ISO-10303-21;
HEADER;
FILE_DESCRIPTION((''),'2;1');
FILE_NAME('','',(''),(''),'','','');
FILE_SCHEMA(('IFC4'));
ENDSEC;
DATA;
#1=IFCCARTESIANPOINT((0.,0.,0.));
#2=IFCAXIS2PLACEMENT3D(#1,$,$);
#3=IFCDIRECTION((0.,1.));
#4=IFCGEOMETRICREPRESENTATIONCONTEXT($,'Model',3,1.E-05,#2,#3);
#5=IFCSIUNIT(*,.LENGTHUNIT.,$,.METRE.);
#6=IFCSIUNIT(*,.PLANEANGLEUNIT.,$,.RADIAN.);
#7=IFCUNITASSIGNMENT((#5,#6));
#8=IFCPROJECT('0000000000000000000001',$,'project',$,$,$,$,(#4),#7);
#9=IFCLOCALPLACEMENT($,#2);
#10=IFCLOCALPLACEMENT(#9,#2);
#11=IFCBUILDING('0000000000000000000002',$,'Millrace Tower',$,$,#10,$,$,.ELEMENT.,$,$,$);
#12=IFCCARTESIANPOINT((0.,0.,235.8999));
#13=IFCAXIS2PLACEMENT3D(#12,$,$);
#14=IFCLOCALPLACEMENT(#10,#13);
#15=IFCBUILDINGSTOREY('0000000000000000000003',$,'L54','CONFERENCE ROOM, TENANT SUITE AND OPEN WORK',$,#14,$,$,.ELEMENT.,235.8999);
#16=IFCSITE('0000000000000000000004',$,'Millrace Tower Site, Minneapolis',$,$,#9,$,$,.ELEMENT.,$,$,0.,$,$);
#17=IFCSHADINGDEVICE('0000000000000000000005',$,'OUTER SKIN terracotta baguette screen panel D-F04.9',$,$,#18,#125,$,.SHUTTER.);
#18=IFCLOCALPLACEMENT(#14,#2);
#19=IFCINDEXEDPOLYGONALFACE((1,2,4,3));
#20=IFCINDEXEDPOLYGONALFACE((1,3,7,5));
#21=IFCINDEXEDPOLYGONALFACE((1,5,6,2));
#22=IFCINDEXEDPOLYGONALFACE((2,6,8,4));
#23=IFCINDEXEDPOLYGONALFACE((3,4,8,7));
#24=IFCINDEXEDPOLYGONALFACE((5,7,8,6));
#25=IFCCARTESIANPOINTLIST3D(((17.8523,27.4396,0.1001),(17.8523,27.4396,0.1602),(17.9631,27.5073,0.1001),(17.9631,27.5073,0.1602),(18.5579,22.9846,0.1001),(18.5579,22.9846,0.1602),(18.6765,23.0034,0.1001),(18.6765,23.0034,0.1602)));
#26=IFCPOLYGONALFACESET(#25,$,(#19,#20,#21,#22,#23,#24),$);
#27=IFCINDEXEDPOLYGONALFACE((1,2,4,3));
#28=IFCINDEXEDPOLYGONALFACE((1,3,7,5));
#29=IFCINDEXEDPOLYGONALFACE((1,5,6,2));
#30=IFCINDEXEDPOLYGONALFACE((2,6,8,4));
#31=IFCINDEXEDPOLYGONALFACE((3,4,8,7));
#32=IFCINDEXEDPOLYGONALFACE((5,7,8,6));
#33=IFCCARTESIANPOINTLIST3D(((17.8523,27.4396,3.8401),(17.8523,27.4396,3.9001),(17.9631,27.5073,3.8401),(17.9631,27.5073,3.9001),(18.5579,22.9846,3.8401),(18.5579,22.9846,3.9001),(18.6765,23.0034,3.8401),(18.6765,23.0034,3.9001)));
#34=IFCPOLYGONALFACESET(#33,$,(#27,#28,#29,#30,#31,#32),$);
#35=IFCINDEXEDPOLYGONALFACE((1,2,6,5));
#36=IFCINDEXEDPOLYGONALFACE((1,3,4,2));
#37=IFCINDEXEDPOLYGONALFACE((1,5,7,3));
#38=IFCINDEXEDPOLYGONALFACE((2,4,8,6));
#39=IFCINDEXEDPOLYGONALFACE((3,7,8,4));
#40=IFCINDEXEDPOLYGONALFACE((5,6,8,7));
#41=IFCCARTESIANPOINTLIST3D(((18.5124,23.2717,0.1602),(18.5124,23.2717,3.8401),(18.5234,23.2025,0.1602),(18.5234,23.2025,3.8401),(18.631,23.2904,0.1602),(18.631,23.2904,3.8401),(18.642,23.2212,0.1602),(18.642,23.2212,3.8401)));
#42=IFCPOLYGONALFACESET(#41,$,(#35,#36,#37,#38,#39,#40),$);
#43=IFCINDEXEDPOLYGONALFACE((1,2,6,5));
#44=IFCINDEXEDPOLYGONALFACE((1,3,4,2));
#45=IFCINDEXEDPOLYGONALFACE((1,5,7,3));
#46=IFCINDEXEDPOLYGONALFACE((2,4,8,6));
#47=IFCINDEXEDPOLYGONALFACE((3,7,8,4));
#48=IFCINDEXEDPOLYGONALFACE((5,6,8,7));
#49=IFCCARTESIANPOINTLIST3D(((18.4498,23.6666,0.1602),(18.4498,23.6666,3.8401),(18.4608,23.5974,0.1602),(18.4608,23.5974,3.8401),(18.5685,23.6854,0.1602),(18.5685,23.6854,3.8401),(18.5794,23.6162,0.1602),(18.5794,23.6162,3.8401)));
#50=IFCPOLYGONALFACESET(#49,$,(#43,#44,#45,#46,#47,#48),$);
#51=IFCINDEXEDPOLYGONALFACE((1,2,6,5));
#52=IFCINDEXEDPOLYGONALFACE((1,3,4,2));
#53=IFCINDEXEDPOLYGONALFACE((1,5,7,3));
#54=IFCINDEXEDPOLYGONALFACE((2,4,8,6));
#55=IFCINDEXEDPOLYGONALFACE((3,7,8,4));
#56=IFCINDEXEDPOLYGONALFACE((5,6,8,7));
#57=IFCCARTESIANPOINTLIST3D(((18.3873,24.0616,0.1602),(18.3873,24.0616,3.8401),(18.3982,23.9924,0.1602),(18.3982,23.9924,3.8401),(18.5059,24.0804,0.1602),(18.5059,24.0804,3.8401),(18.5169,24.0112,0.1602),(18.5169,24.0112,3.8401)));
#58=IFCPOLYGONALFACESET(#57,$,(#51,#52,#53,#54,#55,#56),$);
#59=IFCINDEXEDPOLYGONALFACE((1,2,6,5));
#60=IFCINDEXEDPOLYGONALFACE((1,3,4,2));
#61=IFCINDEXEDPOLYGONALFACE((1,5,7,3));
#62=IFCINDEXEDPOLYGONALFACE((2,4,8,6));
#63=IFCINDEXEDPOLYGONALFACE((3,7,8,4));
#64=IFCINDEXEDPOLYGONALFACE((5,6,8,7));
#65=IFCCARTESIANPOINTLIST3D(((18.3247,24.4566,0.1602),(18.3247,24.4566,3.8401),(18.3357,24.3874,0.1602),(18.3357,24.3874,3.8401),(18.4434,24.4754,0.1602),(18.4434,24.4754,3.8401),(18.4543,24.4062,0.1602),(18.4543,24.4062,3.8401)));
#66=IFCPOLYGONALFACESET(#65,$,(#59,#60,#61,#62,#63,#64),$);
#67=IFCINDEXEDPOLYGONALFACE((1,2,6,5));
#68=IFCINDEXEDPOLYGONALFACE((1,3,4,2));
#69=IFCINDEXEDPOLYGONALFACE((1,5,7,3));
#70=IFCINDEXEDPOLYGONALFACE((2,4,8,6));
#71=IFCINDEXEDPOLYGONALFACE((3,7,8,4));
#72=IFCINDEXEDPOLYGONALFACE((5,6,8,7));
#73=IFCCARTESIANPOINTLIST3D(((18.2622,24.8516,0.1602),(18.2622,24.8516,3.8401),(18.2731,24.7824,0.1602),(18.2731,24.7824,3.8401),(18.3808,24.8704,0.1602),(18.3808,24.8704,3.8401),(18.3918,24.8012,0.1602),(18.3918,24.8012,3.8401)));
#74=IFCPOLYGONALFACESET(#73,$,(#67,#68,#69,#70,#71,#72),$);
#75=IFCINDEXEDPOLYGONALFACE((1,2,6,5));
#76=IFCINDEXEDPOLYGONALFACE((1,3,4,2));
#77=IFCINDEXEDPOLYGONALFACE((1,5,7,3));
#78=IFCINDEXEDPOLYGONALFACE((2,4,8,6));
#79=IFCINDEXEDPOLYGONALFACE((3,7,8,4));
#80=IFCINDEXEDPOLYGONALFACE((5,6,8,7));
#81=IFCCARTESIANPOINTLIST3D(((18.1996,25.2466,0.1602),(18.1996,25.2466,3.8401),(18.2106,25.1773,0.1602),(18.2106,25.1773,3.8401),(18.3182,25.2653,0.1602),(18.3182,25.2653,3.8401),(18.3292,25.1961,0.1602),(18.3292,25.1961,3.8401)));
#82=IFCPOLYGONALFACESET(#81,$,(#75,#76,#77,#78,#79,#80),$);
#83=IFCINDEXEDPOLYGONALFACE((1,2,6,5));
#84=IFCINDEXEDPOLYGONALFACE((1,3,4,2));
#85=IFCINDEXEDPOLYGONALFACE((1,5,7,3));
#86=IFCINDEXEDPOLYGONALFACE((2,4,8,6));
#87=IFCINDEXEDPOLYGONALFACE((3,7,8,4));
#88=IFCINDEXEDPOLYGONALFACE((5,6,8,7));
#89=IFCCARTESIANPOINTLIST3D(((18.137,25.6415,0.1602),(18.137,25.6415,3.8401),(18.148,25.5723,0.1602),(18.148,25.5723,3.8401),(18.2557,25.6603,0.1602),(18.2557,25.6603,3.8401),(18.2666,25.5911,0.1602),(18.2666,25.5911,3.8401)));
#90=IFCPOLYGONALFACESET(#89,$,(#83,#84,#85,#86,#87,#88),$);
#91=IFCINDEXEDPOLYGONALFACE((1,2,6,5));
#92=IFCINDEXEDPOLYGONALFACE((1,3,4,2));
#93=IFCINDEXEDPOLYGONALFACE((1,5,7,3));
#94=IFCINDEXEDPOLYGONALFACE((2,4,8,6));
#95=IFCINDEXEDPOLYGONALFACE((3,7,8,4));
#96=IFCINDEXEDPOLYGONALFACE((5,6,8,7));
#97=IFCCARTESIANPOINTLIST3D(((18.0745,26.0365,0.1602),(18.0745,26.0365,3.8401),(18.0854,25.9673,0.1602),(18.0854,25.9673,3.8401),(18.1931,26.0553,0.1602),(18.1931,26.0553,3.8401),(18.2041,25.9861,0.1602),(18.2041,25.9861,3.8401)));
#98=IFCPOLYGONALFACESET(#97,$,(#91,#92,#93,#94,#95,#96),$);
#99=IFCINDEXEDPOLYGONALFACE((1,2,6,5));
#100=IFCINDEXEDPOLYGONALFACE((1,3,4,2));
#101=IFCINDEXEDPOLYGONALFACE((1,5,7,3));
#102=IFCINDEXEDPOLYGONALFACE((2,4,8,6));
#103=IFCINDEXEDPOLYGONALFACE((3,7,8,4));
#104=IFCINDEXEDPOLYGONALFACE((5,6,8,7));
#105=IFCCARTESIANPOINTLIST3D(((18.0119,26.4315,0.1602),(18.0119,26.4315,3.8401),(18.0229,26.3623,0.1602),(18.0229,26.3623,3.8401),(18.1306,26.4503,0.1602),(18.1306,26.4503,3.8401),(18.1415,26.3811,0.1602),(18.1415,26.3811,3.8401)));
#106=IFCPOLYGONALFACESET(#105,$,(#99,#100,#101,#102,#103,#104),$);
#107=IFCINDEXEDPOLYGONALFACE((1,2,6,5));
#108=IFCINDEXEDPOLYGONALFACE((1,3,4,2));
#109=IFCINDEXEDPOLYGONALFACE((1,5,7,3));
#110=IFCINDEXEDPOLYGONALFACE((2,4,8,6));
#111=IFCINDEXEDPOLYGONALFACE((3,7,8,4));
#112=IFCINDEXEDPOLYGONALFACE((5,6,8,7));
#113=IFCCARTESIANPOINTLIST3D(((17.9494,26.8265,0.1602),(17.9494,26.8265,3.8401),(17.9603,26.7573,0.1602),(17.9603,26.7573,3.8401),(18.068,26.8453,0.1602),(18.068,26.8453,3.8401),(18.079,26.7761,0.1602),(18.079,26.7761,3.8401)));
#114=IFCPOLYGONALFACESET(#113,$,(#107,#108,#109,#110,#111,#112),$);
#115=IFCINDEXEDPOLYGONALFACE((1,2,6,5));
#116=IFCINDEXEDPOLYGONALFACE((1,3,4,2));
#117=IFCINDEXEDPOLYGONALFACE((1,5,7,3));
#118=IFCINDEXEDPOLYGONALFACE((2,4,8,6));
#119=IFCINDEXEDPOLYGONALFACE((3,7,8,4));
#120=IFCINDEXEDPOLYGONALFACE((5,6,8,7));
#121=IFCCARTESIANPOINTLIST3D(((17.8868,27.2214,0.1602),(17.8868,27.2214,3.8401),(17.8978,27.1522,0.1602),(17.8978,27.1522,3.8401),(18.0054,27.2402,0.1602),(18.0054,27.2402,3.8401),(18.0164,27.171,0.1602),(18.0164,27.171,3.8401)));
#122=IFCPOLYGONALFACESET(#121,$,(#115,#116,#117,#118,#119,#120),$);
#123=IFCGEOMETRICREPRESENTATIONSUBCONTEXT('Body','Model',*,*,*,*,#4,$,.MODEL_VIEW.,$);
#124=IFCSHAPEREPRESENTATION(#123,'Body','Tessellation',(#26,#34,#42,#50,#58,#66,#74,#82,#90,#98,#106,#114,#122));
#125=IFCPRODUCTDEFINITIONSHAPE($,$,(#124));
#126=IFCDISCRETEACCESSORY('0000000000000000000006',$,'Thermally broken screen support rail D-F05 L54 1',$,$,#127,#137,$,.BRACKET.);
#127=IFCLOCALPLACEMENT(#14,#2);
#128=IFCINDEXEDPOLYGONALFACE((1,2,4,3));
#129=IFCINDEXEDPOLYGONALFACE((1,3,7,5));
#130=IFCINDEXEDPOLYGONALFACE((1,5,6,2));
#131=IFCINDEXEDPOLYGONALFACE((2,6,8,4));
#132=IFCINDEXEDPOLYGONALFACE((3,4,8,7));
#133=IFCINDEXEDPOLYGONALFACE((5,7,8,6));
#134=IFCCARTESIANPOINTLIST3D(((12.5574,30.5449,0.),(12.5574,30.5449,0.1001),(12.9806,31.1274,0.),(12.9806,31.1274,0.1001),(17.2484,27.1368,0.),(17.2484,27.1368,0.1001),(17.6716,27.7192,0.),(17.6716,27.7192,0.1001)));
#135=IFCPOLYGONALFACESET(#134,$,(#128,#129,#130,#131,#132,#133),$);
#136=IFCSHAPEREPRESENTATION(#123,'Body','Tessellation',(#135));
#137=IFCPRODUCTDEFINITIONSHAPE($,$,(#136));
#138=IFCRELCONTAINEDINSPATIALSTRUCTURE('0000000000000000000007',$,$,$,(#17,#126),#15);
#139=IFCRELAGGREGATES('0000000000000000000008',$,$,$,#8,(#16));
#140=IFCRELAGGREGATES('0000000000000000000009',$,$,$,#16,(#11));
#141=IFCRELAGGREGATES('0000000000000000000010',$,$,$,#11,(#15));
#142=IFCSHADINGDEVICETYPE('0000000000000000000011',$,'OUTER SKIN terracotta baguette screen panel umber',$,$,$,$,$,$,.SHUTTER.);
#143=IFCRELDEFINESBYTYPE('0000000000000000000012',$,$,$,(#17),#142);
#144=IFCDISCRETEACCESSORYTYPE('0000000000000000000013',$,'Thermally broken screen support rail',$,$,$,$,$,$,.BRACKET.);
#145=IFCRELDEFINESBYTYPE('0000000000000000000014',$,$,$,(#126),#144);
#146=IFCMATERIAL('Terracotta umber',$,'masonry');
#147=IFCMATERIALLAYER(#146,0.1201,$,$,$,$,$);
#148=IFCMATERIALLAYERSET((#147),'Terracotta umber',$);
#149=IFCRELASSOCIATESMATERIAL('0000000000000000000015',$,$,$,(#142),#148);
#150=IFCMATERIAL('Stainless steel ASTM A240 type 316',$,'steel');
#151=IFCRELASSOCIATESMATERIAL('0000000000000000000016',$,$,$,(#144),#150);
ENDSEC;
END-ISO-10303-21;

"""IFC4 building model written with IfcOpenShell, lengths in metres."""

from ifc_helpers import new_model, entity, si_unit, direction, frame, frame_2d, origin, origin_2d, place, context, subcontext, project, spatial, rectangle, extrude, source, transform, mapped, material, layer, layer_set, type_object, element, save


model = new_model("IFC4")

# Units and contexts
model_context = context("Model", 3, precision=1e-05, world=origin(), true_north=direction((0.0, 1.0)))
body_context = subcontext(model_context, "Body", "Model", "MODEL_VIEW")
ifc_project = project(units=[si_unit("LENGTHUNIT", "METRE"), si_unit("PLANEANGLEUNIT", "RADIAN")], contexts=[model_context])

# Site, building, storey
site_placement = place(None, origin())
site = spatial("IfcSite", under=ifc_project, at=site_placement, Name="Millrace Tower Site, Minneapolis", CompositionType="ELEMENT", RefElevation=0.0)
building_placement = place(site_placement, origin())
building = spatial("IfcBuilding", under=site, at=building_placement, Name="Millrace Tower", CompositionType="ELEMENT")
storey_placement = place(building_placement, frame((0.0, 0.0, 235.8999)))
storey = spatial("IfcBuildingStorey", under=building, at=storey_placement, Name="L54", Description="CONFERENCE ROOM, TENANT SUITE AND OPEN WORK", CompositionType="ELEMENT", Elevation=235.8999)

# Shading device
ifc_material_1 = material(Name="Terracotta umber", Category="masonry")
ifc_layer_1 = layer(ifc_material_1, 0.1201)
ifc_layer_set_1 = layer_set([ifc_layer_1], Name="Terracotta umber")
shading_device_type = type_object("IfcShadingDeviceType", Name="OUTER SKIN terracotta baguette screen panel umber", PredefinedType="SHUTTER", material=ifc_layer_set_1)
cartesian_point_1 = entity("IfcCartesianPoint", [-2.2676, 0.0601])
shared_polyline_1 = entity("IfcPolyline", [cartesian_point_1, entity("IfcCartesianPoint", [2.2429, 0.0601]), entity("IfcCartesianPoint", [2.2925, -0.0601]), entity("IfcCartesianPoint", [-2.2676, -0.0601]), cartesian_point_1])
shared_shape_1 = source(origin(), body_context, "Body", "SweptSolid", [
    entity("IfcExtrudedAreaSolid", entity("IfcArbitraryClosedProfileDef", "AREA", None, shared_polyline_1), entity("IfcAxis2Placement3D", entity("IfcCartesianPoint", [0.0, 0.0, 0.0])), entity("IfcDirection", [0.0, 0.0, 1.0]), 0.0601),
    entity("IfcExtrudedAreaSolid", entity("IfcArbitraryClosedProfileDef", "AREA", None, shared_polyline_1), entity("IfcAxis2Placement3D", entity("IfcCartesianPoint", [0.0, 0.0, 3.74])), entity("IfcDirection", [0.0, 0.0, 1.0]), 0.0601),
    extrude(rectangle(XDim=0.0701, YDim=0.1201, at=frame_2d((-2.012, 0.0))), frame((0.0, 0.0, 0.0601)), (0.0, 0.0, 1.0), 3.6799),
    extrude(rectangle(XDim=0.0701, YDim=0.1201, at=frame_2d((-1.6121, 0.0))), frame((0.0, 0.0, 0.0601)), (0.0, 0.0, 1.0), 3.6799),
    extrude(rectangle(XDim=0.0701, YDim=0.1201, at=frame_2d((-1.2122, 0.0))), frame((0.0, 0.0, 0.0601)), (0.0, 0.0, 1.0), 3.6799),
    extrude(rectangle(XDim=0.0701, YDim=0.1201, at=frame_2d((-0.8123, 0.0))), frame((0.0, 0.0, 0.0601)), (0.0, 0.0, 1.0), 3.6799),
    extrude(rectangle(XDim=0.0701, YDim=0.1201, at=frame_2d((-0.4124, 0.0))), frame((0.0, 0.0, 0.0601)), (0.0, 0.0, 1.0), 3.6799),
    extrude(rectangle(XDim=0.0701, YDim=0.1201, at=frame_2d((-0.0125, 0.0))), frame((0.0, 0.0, 0.0601)), (0.0, 0.0, 1.0), 3.6799),
    extrude(rectangle(XDim=0.0701, YDim=0.1201, at=frame_2d((0.3875, 0.0))), frame((0.0, 0.0, 0.0601)), (0.0, 0.0, 1.0), 3.6799),
    extrude(rectangle(XDim=0.0701, YDim=0.1201, at=frame_2d((0.7874, 0.0))), frame((0.0, 0.0, 0.0601)), (0.0, 0.0, 1.0), 3.6799),
    extrude(rectangle(XDim=0.0701, YDim=0.1201, at=frame_2d((1.1873, 0.0))), frame((0.0, 0.0, 0.0601)), (0.0, 0.0, 1.0), 3.6799),
    extrude(rectangle(XDim=0.0701, YDim=0.1201, at=frame_2d((1.5872, 0.0))), frame((0.0, 0.0, 0.0601)), (0.0, 0.0, 1.0), 3.6799),
    extrude(rectangle(XDim=0.0701, YDim=0.1201, at=frame_2d((1.9871, 0.0))), frame((0.0, 0.0, 0.0601)), (0.0, 0.0, 1.0), 3.6799),
])
shading_device_1_placement = place(storey_placement, frame((18.2625, 25.2336, 0.1001), z_axis=(0.0, 0.0, 1.0), x_axis=(-0.156434, 0.987688, 0.0)))
element("IfcShadingDevice", 1, at=shading_device_1_placement, inside=storey, type_object=shading_device_type, Name="OUTER SKIN terracotta baguette screen panel D-F04.9", PredefinedType="SHUTTER", context=body_context, shape_type="MappedRepresentation", body=[
    mapped(shared_shape_1, transform((0.0, 0.0, 0.0), scale=1.0)),
])

# Discrete accessory
ifc_material_2 = material(Name="Stainless steel ASTM A240 type 316", Category="steel")
discrete_accessory_type = type_object("IfcDiscreteAccessoryType", Name="Thermally broken screen support rail", PredefinedType="BRACKET", material=ifc_material_2)
discrete_accessory_placement = place(storey_placement, frame((15.1145, 29.1321, 0.0), z_axis=(0.0, 0.0, 1.0), x_axis=(-0.809017, 0.587785, 0.0)))
element("IfcDiscreteAccessory", 2, at=discrete_accessory_placement, inside=storey, type_object=discrete_accessory_type, Name="Thermally broken screen support rail D-F05 L54 1", PredefinedType="BRACKET", context=body_context, shape_type="SweptSolid", body=[
    extrude(rectangle(XDim=5.7983, YDim=0.72, at=origin_2d()), origin(), (0.0, 0.0, 1.0), 0.1001),
])

save(model, "model.ifc")
